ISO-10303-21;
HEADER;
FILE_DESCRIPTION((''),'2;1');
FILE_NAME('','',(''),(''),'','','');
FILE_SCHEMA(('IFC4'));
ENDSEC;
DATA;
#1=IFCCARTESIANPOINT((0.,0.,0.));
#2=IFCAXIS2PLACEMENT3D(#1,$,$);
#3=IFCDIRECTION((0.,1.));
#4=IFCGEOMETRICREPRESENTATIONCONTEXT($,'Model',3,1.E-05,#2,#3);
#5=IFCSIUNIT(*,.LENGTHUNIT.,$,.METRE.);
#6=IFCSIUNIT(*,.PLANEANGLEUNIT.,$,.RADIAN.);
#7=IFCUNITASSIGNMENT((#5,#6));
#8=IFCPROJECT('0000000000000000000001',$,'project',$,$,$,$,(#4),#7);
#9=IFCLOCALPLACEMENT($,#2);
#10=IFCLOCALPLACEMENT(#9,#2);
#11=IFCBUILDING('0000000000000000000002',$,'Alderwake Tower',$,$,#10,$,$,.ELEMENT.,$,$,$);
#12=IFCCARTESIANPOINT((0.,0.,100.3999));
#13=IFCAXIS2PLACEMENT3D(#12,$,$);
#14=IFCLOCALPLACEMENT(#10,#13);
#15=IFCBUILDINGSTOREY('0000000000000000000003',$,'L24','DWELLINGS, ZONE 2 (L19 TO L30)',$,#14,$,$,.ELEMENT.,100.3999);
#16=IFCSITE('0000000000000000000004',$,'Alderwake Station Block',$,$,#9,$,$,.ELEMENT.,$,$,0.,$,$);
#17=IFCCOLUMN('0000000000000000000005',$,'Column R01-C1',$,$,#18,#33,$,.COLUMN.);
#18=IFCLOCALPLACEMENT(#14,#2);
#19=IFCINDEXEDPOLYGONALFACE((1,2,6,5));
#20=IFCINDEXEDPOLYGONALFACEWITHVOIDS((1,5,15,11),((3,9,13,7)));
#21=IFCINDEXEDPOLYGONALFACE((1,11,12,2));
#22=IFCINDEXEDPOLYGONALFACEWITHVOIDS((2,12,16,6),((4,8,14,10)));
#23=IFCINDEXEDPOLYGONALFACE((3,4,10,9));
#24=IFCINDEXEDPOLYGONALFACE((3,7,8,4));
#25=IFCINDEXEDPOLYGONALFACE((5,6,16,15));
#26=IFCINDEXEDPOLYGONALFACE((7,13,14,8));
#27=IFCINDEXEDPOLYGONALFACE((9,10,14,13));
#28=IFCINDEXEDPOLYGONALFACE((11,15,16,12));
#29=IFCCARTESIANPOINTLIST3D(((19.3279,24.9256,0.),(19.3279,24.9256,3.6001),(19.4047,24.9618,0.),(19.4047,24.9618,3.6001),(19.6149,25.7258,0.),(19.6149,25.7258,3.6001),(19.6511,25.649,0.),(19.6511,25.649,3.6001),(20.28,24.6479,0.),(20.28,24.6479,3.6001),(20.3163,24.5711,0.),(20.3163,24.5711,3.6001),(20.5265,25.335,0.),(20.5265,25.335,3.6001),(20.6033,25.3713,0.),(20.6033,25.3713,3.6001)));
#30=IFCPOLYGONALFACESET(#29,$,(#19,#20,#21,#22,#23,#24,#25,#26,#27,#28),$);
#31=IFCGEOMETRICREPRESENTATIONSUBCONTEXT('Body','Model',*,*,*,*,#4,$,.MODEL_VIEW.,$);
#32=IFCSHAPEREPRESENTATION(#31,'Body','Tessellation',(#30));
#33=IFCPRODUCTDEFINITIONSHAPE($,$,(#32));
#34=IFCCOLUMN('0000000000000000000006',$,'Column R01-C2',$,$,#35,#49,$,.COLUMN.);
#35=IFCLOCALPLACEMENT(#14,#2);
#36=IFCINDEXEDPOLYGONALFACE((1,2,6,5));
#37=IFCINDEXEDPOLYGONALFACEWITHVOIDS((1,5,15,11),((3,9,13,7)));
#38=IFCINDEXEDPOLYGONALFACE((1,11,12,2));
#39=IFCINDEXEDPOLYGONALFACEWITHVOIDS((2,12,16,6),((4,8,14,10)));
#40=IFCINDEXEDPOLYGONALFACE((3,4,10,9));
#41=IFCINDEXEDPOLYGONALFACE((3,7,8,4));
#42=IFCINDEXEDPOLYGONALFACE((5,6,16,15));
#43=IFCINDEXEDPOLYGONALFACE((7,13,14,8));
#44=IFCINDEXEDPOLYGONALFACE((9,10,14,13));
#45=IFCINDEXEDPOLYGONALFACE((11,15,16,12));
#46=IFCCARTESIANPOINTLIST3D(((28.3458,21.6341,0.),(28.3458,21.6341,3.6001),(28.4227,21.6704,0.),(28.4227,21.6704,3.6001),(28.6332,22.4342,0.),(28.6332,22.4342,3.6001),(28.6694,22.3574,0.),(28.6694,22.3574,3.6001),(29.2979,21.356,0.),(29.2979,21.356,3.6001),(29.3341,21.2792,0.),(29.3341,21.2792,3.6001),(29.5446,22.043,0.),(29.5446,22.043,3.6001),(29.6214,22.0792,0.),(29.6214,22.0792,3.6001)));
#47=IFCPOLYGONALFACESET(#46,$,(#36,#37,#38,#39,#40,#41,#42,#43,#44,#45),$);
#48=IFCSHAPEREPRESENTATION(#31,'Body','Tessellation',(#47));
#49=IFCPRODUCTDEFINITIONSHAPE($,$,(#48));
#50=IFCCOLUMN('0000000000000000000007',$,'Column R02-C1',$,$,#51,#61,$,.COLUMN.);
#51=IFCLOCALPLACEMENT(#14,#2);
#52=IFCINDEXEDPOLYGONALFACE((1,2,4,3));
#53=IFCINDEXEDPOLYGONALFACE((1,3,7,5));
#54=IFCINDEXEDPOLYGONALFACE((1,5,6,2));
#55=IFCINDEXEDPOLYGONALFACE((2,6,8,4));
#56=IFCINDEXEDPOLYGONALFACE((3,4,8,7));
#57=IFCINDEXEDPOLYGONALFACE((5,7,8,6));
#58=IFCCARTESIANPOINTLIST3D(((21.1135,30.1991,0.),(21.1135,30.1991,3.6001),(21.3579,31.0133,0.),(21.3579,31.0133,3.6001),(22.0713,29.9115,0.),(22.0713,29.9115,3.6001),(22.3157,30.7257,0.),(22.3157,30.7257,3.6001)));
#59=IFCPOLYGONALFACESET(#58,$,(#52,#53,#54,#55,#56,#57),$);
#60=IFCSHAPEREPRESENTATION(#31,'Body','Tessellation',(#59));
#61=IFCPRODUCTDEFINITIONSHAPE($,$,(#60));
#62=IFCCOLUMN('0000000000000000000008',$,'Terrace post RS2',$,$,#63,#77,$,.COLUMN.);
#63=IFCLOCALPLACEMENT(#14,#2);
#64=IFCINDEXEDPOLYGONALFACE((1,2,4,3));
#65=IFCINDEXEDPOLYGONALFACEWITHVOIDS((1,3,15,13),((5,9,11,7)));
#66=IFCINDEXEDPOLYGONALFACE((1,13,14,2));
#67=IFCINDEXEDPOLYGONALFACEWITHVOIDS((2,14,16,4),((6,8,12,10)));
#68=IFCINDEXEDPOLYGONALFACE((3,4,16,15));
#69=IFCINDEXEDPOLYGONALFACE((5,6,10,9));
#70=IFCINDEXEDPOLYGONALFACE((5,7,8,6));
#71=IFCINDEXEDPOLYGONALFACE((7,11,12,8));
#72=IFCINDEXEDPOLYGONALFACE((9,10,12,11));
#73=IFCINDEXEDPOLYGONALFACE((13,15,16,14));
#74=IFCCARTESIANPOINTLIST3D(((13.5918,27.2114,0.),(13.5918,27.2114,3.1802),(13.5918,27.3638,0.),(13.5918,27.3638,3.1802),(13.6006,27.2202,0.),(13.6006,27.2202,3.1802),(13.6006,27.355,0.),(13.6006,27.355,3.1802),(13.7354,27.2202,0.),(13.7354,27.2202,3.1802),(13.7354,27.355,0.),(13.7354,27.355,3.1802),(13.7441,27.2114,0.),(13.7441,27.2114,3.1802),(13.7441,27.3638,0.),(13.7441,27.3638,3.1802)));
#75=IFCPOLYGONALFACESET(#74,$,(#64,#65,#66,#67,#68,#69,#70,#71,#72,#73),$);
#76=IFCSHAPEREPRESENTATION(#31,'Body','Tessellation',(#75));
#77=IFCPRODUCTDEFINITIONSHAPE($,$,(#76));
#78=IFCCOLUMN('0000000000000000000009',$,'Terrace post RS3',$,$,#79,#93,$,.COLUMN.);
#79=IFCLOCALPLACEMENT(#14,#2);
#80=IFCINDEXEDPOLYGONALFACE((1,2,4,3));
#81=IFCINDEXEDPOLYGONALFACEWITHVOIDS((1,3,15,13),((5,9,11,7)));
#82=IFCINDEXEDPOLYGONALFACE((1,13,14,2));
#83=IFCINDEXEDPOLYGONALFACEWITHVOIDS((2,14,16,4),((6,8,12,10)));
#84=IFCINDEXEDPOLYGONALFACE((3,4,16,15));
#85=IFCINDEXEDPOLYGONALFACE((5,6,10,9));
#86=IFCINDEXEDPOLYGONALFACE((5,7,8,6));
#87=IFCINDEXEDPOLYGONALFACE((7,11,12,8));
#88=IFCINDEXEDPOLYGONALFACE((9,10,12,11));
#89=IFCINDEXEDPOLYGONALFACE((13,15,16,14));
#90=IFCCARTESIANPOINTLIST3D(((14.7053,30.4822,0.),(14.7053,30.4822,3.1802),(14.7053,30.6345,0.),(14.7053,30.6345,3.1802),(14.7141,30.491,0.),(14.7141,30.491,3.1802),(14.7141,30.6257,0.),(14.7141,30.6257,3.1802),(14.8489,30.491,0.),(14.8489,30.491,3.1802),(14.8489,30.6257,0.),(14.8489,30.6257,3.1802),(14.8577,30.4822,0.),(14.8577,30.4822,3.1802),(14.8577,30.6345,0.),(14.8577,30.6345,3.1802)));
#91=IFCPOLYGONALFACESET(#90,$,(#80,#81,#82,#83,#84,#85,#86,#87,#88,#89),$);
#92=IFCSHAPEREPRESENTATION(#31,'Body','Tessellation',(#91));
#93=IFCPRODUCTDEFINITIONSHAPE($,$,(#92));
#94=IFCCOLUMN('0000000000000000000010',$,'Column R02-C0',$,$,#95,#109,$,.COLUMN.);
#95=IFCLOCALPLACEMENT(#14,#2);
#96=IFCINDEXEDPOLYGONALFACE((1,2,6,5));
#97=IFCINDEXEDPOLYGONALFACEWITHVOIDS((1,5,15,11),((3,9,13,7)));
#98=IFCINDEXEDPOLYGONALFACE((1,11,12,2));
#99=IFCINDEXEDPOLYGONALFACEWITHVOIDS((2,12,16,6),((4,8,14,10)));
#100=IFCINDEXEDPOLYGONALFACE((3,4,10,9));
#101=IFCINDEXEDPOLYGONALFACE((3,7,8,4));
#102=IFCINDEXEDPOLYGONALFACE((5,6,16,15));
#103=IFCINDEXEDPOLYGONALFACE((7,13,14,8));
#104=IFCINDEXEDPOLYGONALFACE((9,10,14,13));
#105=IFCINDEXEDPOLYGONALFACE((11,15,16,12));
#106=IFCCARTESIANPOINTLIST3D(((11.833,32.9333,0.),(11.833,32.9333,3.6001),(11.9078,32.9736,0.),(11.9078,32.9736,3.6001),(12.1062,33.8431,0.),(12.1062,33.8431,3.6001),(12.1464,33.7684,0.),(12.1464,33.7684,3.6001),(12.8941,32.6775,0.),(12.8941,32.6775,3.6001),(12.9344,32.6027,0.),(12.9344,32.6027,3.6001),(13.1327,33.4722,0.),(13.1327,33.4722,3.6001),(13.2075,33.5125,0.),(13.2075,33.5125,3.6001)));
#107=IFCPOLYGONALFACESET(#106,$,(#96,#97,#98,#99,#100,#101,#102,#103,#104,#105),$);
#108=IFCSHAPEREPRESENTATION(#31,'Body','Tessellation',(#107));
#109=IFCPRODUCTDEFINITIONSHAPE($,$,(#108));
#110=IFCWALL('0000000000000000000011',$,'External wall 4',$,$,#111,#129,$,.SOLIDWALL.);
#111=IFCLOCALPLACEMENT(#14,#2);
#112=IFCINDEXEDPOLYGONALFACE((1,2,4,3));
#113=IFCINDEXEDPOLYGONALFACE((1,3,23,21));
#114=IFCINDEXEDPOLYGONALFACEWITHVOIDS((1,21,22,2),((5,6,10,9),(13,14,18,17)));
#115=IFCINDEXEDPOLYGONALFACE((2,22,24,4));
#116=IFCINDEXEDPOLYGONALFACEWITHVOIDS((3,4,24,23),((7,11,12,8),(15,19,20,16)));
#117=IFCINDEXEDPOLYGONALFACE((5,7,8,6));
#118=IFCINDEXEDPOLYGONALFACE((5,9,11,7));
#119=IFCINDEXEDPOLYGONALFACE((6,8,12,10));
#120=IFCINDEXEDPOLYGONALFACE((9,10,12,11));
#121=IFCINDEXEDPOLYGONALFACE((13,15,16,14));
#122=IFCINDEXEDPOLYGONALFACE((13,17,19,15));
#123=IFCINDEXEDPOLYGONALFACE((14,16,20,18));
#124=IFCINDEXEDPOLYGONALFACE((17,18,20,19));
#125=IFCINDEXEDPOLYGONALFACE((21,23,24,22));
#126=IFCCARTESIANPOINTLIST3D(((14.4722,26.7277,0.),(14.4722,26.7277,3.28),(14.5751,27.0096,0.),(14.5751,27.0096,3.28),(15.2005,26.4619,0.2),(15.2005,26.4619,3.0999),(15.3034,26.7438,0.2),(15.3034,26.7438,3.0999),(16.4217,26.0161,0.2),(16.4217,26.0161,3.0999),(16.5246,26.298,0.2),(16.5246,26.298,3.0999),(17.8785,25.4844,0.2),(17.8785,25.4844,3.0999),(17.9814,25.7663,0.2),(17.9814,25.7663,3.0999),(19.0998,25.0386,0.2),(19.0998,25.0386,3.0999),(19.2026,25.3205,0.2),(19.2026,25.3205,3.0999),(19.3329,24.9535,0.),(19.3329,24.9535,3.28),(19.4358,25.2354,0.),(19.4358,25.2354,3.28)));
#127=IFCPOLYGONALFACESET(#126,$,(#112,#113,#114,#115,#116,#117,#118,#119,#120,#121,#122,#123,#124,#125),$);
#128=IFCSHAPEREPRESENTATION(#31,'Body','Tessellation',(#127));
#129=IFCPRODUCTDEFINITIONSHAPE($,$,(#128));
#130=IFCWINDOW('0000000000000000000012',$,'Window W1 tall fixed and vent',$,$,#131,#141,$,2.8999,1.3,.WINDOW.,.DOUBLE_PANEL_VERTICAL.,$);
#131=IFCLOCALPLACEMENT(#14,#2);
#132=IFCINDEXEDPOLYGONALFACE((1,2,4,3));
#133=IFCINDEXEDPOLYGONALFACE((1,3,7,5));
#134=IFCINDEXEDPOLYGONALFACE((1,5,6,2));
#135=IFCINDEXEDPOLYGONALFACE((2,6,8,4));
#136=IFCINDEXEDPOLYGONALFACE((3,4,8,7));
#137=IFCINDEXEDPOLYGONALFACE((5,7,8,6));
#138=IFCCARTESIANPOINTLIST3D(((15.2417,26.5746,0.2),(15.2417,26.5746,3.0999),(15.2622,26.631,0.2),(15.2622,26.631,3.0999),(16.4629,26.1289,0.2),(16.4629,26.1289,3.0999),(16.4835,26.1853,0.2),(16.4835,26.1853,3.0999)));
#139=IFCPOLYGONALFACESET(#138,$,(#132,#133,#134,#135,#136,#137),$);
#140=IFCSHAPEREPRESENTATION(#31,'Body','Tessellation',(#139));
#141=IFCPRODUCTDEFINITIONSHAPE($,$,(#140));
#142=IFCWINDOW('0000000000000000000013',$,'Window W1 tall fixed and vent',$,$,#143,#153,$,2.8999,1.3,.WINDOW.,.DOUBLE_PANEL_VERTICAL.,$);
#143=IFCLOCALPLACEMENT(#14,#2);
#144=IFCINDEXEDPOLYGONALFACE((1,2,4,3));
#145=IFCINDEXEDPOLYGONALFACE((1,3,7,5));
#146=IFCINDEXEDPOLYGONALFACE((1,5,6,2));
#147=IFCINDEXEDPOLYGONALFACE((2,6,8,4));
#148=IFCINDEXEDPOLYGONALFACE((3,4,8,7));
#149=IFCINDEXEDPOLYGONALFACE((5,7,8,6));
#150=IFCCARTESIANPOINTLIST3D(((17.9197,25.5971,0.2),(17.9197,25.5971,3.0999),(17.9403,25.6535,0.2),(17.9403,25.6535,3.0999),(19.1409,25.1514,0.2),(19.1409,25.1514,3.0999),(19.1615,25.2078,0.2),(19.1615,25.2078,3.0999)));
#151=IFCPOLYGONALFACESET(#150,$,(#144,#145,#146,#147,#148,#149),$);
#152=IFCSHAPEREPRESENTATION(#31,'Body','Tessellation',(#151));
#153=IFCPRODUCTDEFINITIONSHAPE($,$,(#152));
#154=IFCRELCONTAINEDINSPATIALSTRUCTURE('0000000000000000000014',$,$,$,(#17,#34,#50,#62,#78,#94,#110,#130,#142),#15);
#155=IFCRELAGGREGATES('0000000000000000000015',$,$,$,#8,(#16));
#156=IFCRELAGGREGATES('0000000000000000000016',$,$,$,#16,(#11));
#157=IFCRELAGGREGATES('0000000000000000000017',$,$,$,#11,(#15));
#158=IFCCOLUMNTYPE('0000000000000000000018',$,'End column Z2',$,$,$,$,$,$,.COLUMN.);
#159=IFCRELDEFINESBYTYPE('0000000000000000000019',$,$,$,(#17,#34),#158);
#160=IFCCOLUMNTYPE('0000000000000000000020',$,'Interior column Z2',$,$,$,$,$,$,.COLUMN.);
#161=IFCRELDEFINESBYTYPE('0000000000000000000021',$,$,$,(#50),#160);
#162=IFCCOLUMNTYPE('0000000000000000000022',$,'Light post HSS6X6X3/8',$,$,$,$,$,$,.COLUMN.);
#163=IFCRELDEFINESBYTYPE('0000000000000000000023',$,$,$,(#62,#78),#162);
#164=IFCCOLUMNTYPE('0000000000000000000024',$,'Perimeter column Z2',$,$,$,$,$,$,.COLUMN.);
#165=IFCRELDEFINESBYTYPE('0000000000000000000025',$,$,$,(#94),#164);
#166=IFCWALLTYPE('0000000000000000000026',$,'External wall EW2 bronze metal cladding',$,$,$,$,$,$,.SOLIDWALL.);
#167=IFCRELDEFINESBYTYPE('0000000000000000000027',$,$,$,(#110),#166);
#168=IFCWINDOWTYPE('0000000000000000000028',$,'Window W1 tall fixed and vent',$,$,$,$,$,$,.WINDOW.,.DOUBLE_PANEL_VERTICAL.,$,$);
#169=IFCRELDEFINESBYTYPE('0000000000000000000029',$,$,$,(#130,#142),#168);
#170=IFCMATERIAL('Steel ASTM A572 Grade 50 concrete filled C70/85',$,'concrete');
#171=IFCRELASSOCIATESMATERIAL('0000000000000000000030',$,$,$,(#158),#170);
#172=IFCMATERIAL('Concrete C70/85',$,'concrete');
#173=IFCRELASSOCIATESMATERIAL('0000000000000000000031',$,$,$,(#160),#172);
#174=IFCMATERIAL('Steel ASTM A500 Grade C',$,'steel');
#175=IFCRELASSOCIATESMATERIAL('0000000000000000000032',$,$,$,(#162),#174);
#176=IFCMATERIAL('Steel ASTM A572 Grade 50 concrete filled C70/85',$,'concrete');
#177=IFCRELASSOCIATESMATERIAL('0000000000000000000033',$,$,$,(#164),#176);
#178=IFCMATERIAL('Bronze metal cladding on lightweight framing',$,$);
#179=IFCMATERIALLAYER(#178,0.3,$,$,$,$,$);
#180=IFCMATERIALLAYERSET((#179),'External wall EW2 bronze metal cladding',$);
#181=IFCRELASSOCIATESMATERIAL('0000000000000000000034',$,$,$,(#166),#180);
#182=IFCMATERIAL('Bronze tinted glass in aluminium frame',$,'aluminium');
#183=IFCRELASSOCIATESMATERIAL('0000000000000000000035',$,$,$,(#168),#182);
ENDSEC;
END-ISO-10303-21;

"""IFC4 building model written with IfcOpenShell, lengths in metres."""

from ifc_helpers import new_model, si_unit, direction, frame, frame_2d, origin, origin_2d, place, context, subcontext, project, spatial, rectangle, hollow_rectangle, extrude, material, layer, layer_set, material_profile, profile_set, type_object, element, fill, save


model = new_model("IFC4")

# Units and contexts
model_context = context("Model", 3, precision=1e-05, world=origin(), true_north=direction((0.0, 1.0)))
body_context = subcontext(model_context, "Body", "Model", "MODEL_VIEW")
ifc_project = project(units=[si_unit("LENGTHUNIT", "METRE"), si_unit("PLANEANGLEUNIT", "RADIAN")], contexts=[model_context])

# Site, building, storey
site_placement = place(None, origin())
site = spatial("IfcSite", under=ifc_project, at=site_placement, Name="Alderwake Station Block", CompositionType="ELEMENT", RefElevation=0.0)
building_placement = place(site_placement, origin())
building = spatial("IfcBuilding", under=site, at=building_placement, Name="Alderwake Tower", CompositionType="ELEMENT")
storey_placement = place(building_placement, frame((0.0, 0.0, 100.3999)))
storey = spatial("IfcBuildingStorey", under=building, at=storey_placement, Name="L24", Description="DWELLINGS, ZONE 2 (L19 TO L30)", CompositionType="ELEMENT", Elevation=100.3999)

# Columns
ifc_material_1 = material(Name="Steel ASTM A572 Grade 50 concrete filled C70/85", Category="concrete")
ifc_material_profile_1 = material_profile(ifc_material_1, hollow_rectangle(XDim=0.8501, YDim=1.05, WallThickness=0.0601, at=origin_2d()), Name="BOX 1050X850X60")
ifc_profile_set_1 = profile_set([ifc_material_profile_1], Name="Steel ASTM A572 Grade 50 concrete filled C70/85")
column_type_1 = type_object("IfcColumnType", Name="End column Z2", PredefinedType="COLUMN", material=ifc_profile_set_1)
for number, where, z_axis, x_axis, name in (
    (1, (19.9656, 25.1484, 0.0), (0.0, 0.0, 1.0), (0.337585, 0.941295, 0.0), "Column R01-C1"),
    (2, (28.9836, 21.8567, 0.0), (0.0, 0.0, 1.0), (0.338027, 0.941136, 0.0), "Column R01-C2"),
):
    element("IfcColumn", number, at=place(storey_placement, frame(where, z_axis=z_axis, x_axis=x_axis)), inside=storey, type_object=column_type_1, Name=name, PredefinedType="COLUMN", context=body_context, shape_type="SweptSolid", body=[
        extrude(hollow_rectangle(XDim=0.8501, YDim=1.05, WallThickness=0.0601, at=origin_2d()), origin(), (0.0, 0.0, 1.0), 3.6001),
    ])
ifc_material_2 = material(Name="Concrete C70/85", Category="concrete")
ifc_material_profile_2 = material_profile(ifc_material_2, rectangle(XDim=0.8501, YDim=1.0, at=origin_2d()), Name="RC 1000X850")
ifc_profile_set_2 = profile_set([ifc_material_profile_2], Name="Concrete C70/85")
column_type_2 = type_object("IfcColumnType", Name="Interior column Z2", PredefinedType="COLUMN", material=ifc_profile_set_2)
column_1_placement = place(storey_placement, frame((21.7146, 30.4624, 0.0), z_axis=(0.0, 0.0, 1.0), x_axis=(0.287549, 0.957766, 0.0)))
element("IfcColumn", 3, at=column_1_placement, inside=storey, type_object=column_type_2, Name="Column R02-C1", PredefinedType="COLUMN", context=body_context, shape_type="SweptSolid", body=[
    extrude(rectangle(XDim=0.8501, YDim=1.0, at=origin_2d()), origin(), (0.0, 0.0, 1.0), 3.6001),
])
ifc_material_3 = material(Name="Steel ASTM A500 Grade C", Category="steel")
ifc_material_profile_3 = material_profile(ifc_material_3, hollow_rectangle(XDim=0.1523, YDim=0.1523, WallThickness=0.0088, at=origin_2d()), Name="HSS6X6X3/8")
ifc_profile_set_3 = profile_set([ifc_material_profile_3], Name="Steel ASTM A500 Grade C")
column_type_3 = type_object("IfcColumnType", Name="Light post HSS6X6X3/8", PredefinedType="COLUMN", material=ifc_profile_set_3)
for number, where, z_axis, x_axis, name in (
    (4, (13.668, 27.2876, 0.0), (0.0, 0.0, 1.0), (1.0, 0.0, 0.0), "Terrace post RS2"),
    (5, (14.7815, 30.5583, 0.0), (0.0, 0.0, 1.0), (1.0, 0.0, 0.0), "Terrace post RS3"),
):
    element("IfcColumn", number, at=place(storey_placement, frame(where, z_axis=z_axis, x_axis=x_axis)), inside=storey, type_object=column_type_3, Name=name, PredefinedType="COLUMN", context=body_context, shape_type="SweptSolid", body=[
        extrude(hollow_rectangle(XDim=0.1523, YDim=0.1523, WallThickness=0.0088, at=origin_2d()), origin(), (0.0, 0.0, 1.0), 3.1802),
    ])
ifc_material_4 = material(Name="Steel ASTM A572 Grade 50 concrete filled C70/85", Category="concrete")
ifc_material_profile_4 = material_profile(ifc_material_4, hollow_rectangle(XDim=0.95, YDim=1.1499, WallThickness=0.0601, at=origin_2d()), Name="BOX 1150X950X60")
ifc_profile_set_4 = profile_set([ifc_material_profile_4], Name="Steel ASTM A572 Grade 50 concrete filled C70/85")
column_type_4 = type_object("IfcColumnType", Name="Perimeter column Z2", PredefinedType="COLUMN", material=ifc_profile_set_4)
column_2_placement = place(storey_placement, frame((12.5203, 33.2229, 0.0), z_axis=(0.0, 0.0, 1.0), x_axis=(0.287549, 0.957766, 0.0)))
element("IfcColumn", 6, at=column_2_placement, inside=storey, type_object=column_type_4, Name="Column R02-C0", PredefinedType="COLUMN", context=body_context, shape_type="SweptSolid", body=[
    extrude(hollow_rectangle(XDim=0.95, YDim=1.1499, WallThickness=0.0601, at=origin_2d()), origin(), (0.0, 0.0, 1.0), 3.6001),
])

# Shared definitions
ifc_material_5 = material(Name="Bronze metal cladding on lightweight framing")
ifc_layer_1 = layer(ifc_material_5, 0.3)
ifc_layer_set_1 = layer_set([ifc_layer_1], Name="External wall EW2 bronze metal cladding")
wall_type_1 = type_object("IfcWallType", Name="External wall EW2 bronze metal cladding", PredefinedType="SOLIDWALL", material=ifc_layer_set_1)
ifc_material_6 = material(Name="Bronze tinted glass in aluminium frame", Category="aluminium")
window_type_1 = type_object("IfcWindowType", Name="Window W1 tall fixed and vent", PartitioningType="DOUBLE_PANEL_VERTICAL", PredefinedType="WINDOW", material=ifc_material_6)

# Wall, openings, windows
wall_1_placement = place(storey_placement, frame((14.5237, 26.8687, 0.0), z_axis=(0.0, 0.0, 1.0), x_axis=(0.939378, -0.342883, 0.0)))
wall_1 = element("IfcWall", 7, at=wall_1_placement, inside=storey, type_object=wall_type_1, Name="External wall 4", PredefinedType="SOLIDWALL", context=body_context, shape_type="SweptSolid", body=[
    extrude(rectangle(XDim=5.1743, YDim=0.3, at=frame_2d((2.5872, 0.0))), origin(), (0.0, 0.0, 1.0), 3.28),
])
opening_1_placement = place(wall_1_placement, frame((0.7754, 0.0, 0.2)))
opening_1 = element("IfcOpeningElement", 8, at=opening_1_placement, cuts=wall_1, PredefinedType="OPENING", context=body_context, shape_type="SweptSolid", body=[
    extrude(rectangle(XDim=1.3, YDim=2.8999, at=frame_2d((0.6499, 1.45))), frame((0.0, 0.1599, 0.0), z_axis=(0.0, -1.0, 0.0), x_axis=(1.0, 0.0, 0.0)), (0.0, 0.0, 1.0), 0.3201),
])
opening_2_placement = place(wall_1_placement, frame((3.6262, 0.0, 0.2)))
opening_2 = element("IfcOpeningElement", 9, at=opening_2_placement, cuts=wall_1, PredefinedType="OPENING", context=body_context, shape_type="SweptSolid", body=[
    extrude(rectangle(XDim=1.3, YDim=2.8999, at=frame_2d((0.6499, 1.45))), frame((0.0, 0.1599, 0.0), z_axis=(0.0, -1.0, 0.0), x_axis=(1.0, 0.0, 0.0)), (0.0, 0.0, 1.0), 0.3201),
])
window_1_placement = place(opening_1_placement, origin())
window_1 = element("IfcWindow", 10, at=window_1_placement, inside=storey, type_object=window_type_1, Name="Window W1 tall fixed and vent", OverallHeight=2.8999, OverallWidth=1.3, PartitioningType="DOUBLE_PANEL_VERTICAL", PredefinedType="WINDOW", context=body_context, shape_type="SweptSolid", body=[
    extrude(rectangle(XDim=1.3, YDim=2.8999, at=frame_2d((0.6499, 1.45))), frame((0.0, 0.03, 0.0), z_axis=(0.0, -1.0, 0.0), x_axis=(1.0, 0.0, 0.0)), (0.0, 0.0, 1.0), 0.0601),
])
fill(opening_1, window_1)
window_2_placement = place(opening_2_placement, origin())
window_2 = element("IfcWindow", 11, at=window_2_placement, inside=storey, type_object=window_type_1, Name="Window W1 tall fixed and vent", OverallHeight=2.8999, OverallWidth=1.3, PartitioningType="DOUBLE_PANEL_VERTICAL", PredefinedType="WINDOW", context=body_context, shape_type="SweptSolid", body=[
    extrude(rectangle(XDim=1.3, YDim=2.8999, at=frame_2d((0.6499, 1.45))), frame((0.0, 0.03, 0.0), z_axis=(0.0, -1.0, 0.0), x_axis=(1.0, 0.0, 0.0)), (0.0, 0.0, 1.0), 0.0601),
])
fill(opening_2, window_2)

save(model, "model.ifc")
